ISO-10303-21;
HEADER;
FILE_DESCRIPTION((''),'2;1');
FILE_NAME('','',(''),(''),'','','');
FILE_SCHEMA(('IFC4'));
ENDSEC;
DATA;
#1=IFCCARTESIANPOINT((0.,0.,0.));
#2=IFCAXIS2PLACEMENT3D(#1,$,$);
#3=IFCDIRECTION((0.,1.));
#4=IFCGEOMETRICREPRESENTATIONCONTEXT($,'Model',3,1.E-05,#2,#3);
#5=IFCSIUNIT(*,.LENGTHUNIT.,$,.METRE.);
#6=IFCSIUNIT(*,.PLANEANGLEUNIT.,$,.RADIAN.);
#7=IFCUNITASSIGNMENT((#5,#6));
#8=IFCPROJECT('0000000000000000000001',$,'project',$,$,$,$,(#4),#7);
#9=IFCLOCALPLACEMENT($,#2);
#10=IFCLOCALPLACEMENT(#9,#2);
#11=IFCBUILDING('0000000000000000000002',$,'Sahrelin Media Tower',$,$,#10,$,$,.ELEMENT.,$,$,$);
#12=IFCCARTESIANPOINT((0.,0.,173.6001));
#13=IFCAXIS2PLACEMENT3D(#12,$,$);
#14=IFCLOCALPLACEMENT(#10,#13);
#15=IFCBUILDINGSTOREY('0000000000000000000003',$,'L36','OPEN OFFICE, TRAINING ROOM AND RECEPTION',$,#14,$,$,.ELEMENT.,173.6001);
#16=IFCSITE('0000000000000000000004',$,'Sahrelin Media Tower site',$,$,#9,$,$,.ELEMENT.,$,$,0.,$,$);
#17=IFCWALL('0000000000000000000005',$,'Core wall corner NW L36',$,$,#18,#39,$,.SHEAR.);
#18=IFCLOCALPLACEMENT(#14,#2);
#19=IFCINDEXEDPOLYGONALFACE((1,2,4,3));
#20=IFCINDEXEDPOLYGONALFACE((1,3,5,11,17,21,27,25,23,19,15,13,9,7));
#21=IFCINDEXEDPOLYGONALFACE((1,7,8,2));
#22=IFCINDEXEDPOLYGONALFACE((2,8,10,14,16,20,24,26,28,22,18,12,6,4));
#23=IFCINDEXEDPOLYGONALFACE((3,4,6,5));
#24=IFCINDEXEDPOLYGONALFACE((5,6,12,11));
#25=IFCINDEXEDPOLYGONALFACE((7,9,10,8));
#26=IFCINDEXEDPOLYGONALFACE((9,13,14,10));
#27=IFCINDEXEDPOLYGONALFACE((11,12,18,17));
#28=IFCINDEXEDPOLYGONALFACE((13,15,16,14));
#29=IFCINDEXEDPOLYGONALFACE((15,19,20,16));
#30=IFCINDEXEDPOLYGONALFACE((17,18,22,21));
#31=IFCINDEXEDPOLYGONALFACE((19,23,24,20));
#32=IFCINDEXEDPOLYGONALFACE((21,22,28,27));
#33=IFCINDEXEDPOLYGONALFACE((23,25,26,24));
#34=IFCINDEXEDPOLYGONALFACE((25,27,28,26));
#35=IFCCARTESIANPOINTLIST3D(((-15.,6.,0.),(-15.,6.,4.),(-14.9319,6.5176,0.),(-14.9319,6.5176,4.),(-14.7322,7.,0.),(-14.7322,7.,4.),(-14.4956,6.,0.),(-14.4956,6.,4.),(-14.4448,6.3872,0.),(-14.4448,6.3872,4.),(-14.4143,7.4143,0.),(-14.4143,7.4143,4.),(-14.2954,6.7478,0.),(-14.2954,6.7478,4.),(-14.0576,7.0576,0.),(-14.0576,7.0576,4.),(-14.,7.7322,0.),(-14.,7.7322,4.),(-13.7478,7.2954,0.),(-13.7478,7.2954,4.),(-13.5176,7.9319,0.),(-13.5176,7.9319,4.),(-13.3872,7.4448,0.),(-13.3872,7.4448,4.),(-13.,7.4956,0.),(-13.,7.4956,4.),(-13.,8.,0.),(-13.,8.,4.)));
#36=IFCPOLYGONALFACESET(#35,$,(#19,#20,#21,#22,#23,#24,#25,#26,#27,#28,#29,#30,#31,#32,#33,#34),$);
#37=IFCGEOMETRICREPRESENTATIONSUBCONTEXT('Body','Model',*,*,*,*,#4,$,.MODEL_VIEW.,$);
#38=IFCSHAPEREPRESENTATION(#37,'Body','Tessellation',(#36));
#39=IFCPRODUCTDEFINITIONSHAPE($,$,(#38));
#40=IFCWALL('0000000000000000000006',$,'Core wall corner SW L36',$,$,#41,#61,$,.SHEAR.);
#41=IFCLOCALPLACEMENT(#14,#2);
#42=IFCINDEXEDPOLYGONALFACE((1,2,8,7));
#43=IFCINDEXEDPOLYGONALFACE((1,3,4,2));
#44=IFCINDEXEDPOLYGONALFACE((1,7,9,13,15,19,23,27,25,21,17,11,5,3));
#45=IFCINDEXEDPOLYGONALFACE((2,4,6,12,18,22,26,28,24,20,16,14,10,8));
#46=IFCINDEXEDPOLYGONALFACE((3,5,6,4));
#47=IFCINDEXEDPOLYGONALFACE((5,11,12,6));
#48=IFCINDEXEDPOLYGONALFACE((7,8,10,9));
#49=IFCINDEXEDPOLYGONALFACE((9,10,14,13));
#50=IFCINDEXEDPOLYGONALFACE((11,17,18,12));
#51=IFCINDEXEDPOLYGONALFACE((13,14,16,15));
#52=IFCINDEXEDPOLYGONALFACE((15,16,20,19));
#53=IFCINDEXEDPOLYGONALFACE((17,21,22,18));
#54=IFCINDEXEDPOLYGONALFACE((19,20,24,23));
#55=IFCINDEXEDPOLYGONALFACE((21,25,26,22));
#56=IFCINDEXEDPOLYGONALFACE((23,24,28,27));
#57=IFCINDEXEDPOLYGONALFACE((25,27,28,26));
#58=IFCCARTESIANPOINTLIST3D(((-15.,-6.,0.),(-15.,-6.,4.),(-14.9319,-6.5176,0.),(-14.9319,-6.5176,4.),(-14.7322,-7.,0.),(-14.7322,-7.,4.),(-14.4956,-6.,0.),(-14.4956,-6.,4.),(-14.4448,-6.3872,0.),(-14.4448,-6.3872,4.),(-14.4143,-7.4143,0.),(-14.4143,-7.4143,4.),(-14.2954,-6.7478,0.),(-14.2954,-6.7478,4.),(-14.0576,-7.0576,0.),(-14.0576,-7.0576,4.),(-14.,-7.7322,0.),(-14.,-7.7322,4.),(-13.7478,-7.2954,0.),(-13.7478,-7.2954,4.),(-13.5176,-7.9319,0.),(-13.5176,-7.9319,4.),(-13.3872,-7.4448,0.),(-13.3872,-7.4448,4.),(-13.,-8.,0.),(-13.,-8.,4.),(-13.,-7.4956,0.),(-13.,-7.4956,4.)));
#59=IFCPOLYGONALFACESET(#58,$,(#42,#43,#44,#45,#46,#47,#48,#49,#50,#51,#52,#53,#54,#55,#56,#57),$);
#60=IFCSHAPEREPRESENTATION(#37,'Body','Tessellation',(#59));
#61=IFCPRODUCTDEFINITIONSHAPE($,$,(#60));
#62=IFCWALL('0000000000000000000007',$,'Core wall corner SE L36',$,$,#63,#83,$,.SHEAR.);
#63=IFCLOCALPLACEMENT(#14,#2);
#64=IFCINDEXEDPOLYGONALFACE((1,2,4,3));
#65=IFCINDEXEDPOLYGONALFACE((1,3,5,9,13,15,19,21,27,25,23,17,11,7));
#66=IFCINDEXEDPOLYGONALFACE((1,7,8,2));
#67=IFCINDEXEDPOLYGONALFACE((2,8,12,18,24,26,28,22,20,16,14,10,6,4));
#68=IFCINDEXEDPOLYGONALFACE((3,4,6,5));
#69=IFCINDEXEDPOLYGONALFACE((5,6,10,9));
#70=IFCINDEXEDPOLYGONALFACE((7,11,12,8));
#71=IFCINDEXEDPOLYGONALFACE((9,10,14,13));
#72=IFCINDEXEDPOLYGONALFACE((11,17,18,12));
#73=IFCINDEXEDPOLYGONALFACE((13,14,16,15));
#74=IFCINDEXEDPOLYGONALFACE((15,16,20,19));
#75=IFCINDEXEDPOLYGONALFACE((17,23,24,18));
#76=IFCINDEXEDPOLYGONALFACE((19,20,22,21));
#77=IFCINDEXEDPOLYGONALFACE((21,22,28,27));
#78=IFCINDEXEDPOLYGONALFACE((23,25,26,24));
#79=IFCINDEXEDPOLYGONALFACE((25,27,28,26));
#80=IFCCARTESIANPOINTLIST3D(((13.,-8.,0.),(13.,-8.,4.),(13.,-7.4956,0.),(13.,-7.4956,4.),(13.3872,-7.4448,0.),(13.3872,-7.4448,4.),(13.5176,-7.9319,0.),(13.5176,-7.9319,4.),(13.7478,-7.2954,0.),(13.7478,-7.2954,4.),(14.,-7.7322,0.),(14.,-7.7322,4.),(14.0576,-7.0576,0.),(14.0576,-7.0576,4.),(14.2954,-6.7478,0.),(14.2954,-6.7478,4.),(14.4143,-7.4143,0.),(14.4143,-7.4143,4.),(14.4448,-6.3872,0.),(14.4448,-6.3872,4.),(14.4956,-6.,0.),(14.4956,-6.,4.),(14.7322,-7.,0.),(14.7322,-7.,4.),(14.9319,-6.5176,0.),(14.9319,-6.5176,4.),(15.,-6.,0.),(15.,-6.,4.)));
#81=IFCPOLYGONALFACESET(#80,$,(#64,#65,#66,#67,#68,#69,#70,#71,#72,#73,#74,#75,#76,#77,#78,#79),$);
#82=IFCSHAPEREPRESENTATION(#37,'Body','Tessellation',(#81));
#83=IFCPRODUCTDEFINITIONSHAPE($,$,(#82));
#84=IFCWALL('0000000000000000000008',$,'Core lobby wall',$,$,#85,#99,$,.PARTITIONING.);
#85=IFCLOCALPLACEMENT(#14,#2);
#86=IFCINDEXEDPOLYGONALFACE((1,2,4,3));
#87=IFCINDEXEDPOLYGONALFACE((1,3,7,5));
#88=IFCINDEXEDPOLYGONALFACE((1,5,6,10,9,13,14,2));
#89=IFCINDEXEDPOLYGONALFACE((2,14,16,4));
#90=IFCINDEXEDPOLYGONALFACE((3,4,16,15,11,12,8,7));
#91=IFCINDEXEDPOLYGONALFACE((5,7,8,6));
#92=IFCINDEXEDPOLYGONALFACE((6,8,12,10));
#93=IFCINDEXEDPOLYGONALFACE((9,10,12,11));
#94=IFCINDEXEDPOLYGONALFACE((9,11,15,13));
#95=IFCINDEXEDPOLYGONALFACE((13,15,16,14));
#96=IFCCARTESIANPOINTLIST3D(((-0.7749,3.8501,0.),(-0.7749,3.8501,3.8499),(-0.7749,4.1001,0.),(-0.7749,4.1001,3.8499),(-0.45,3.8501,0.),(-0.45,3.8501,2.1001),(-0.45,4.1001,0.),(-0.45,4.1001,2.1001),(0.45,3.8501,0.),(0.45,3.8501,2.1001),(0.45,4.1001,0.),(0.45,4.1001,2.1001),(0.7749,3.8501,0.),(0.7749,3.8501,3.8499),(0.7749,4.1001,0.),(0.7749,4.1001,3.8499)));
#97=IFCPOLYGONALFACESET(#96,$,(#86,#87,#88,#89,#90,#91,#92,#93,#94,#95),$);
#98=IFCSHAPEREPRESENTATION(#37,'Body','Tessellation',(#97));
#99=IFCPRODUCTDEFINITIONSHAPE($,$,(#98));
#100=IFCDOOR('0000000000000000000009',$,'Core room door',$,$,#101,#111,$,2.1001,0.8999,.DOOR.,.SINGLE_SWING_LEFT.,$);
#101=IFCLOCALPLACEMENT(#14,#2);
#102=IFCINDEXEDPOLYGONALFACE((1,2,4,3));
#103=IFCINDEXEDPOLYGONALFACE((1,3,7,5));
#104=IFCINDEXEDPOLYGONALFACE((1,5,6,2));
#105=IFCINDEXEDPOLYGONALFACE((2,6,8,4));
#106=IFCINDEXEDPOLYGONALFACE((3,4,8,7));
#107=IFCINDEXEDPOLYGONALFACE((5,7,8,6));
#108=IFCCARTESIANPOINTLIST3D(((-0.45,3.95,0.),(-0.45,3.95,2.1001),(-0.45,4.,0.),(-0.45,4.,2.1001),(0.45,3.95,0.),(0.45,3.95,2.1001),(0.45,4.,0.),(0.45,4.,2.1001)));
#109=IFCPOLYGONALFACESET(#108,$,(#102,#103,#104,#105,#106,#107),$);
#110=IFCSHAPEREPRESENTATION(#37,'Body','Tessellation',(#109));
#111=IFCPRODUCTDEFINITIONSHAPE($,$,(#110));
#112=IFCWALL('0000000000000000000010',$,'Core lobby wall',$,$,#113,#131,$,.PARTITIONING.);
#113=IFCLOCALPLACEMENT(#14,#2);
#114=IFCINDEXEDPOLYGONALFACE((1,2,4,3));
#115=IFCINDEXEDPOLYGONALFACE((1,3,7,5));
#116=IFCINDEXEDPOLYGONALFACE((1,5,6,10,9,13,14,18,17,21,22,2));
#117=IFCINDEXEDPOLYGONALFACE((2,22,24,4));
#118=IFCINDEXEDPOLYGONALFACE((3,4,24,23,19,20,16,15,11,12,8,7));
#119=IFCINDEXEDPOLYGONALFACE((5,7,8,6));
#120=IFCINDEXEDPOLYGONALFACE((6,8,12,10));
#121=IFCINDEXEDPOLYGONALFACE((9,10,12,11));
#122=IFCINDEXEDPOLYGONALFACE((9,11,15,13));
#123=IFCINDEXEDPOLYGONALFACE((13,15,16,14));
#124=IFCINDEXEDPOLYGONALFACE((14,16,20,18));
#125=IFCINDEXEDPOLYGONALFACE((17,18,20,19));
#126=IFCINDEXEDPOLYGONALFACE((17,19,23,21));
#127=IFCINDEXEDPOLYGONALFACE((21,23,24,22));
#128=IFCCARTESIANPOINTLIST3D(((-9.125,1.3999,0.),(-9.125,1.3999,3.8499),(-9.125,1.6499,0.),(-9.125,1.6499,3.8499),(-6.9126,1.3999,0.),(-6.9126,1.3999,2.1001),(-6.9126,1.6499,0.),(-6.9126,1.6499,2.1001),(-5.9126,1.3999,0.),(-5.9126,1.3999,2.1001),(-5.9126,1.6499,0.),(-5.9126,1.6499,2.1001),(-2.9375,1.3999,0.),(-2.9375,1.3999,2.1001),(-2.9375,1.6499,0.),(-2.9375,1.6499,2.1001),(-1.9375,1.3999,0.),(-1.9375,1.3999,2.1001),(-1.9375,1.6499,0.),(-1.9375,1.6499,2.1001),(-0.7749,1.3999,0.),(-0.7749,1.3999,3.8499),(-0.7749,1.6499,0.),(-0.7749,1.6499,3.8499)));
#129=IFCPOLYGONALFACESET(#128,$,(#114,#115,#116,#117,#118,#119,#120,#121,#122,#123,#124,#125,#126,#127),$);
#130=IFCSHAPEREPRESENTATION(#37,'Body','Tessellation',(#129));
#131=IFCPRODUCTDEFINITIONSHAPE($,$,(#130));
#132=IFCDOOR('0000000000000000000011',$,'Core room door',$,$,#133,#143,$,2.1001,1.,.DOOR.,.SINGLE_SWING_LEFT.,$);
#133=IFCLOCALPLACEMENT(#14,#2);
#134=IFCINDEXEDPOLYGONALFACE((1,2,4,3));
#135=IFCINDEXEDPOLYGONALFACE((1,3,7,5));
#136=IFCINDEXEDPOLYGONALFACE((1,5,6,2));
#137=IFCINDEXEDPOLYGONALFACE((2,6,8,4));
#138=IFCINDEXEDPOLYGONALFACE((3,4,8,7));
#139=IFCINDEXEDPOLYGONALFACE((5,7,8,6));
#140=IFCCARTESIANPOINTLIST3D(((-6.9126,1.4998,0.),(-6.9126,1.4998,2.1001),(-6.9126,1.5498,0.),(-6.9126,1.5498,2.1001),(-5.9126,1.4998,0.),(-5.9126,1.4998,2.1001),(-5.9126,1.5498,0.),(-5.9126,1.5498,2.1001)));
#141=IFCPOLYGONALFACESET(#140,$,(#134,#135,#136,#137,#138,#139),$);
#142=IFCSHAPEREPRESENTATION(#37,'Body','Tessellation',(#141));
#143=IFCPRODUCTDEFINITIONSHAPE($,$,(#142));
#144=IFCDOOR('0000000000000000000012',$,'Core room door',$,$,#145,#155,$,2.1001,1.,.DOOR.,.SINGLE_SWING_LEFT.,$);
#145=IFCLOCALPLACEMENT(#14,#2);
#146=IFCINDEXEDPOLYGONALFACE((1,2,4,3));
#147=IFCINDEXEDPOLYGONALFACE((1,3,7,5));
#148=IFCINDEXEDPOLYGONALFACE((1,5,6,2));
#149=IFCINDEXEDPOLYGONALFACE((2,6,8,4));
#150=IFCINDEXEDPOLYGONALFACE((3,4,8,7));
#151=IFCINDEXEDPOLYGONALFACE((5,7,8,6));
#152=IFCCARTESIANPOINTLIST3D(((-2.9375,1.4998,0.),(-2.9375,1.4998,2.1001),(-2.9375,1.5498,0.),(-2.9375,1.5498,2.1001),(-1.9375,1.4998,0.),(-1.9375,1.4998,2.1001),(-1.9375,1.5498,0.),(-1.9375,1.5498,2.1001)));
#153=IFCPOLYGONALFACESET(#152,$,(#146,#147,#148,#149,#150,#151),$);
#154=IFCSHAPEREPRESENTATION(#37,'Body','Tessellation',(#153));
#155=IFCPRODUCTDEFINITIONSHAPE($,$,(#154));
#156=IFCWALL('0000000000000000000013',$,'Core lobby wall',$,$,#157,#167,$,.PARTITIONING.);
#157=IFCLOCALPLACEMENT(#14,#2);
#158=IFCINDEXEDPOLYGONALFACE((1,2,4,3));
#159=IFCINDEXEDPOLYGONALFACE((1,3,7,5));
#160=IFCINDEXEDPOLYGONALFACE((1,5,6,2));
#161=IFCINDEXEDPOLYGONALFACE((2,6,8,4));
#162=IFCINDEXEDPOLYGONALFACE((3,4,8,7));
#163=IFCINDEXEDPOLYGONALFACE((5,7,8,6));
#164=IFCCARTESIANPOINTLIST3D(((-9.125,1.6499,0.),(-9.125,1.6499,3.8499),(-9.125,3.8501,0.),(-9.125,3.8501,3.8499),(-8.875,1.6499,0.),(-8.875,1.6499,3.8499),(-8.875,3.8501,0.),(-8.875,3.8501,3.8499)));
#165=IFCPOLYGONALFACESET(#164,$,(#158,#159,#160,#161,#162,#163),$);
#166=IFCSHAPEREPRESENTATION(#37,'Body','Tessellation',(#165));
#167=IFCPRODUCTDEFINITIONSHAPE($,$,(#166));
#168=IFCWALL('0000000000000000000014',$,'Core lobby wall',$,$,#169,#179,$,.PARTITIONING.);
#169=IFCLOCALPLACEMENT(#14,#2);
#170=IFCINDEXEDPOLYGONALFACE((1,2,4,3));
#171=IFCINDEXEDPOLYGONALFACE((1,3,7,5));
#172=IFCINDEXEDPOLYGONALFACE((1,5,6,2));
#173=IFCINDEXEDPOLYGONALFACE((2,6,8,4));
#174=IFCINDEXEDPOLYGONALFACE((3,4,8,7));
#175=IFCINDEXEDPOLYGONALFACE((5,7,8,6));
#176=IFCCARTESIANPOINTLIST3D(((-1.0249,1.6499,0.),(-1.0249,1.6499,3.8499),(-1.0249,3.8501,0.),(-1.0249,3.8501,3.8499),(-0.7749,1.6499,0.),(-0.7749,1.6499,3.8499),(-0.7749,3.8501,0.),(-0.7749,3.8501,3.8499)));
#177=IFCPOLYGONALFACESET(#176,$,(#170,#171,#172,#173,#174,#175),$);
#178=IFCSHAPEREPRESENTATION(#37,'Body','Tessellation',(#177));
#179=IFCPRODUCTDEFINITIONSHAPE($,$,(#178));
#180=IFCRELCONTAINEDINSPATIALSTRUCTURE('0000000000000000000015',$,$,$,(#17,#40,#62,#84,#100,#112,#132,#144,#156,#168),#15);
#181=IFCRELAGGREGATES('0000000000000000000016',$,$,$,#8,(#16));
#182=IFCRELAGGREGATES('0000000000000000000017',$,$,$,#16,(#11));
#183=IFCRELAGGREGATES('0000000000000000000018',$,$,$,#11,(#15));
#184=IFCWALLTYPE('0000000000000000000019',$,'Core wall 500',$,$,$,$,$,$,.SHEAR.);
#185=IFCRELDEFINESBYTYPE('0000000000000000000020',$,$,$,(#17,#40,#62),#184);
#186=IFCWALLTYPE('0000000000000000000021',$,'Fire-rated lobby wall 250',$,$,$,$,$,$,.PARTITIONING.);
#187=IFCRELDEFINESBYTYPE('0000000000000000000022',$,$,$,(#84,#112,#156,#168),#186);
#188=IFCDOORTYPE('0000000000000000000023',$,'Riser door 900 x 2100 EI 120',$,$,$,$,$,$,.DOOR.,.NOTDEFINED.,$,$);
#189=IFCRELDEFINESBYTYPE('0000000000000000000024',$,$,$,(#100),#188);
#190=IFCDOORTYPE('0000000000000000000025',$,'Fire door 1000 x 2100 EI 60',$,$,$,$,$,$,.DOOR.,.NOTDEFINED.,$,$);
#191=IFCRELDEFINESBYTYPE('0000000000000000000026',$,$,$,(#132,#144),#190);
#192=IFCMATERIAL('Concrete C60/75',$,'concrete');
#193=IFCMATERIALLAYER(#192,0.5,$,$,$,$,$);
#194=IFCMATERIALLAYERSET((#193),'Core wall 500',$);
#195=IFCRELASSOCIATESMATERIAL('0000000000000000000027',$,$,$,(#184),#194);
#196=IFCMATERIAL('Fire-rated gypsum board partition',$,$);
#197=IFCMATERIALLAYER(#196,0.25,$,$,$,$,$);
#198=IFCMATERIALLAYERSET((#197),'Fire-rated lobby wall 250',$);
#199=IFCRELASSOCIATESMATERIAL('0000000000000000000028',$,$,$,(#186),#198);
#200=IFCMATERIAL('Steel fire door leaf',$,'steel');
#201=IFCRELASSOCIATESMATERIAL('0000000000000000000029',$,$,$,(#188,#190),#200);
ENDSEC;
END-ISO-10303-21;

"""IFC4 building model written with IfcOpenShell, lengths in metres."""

from ifc_helpers import new_model, si_unit, direction, frame, frame_2d, origin, place, context, subcontext, project, spatial, polyline, rectangle, outline, extrude, material, layer, layer_set, type_object, element, fill, save


model = new_model("IFC4")

# Units and contexts
model_context = context("Model", 3, precision=1e-05, world=origin(), true_north=direction((0.0, 1.0)))
body_context = subcontext(model_context, "Body", "Model", "MODEL_VIEW")
ifc_project = project(units=[si_unit("LENGTHUNIT", "METRE"), si_unit("PLANEANGLEUNIT", "RADIAN")], contexts=[model_context])

# Site, building, storey
site_placement = place(None, origin())
site = spatial("IfcSite", under=ifc_project, at=site_placement, Name="Sahrelin Media Tower site", CompositionType="ELEMENT", RefElevation=0.0)
building_placement = place(site_placement, origin())
building = spatial("IfcBuilding", under=site, at=building_placement, Name="Sahrelin Media Tower", CompositionType="ELEMENT")
storey_placement = place(building_placement, frame((0.0, 0.0, 173.6001)))
storey = spatial("IfcBuildingStorey", under=building, at=storey_placement, Name="L36", Description="OPEN OFFICE, TRAINING ROOM AND RECEPTION", CompositionType="ELEMENT", Elevation=173.6001)

# Shared definitions
placement_1 = place(storey_placement, origin())

# Walls
ifc_material_1 = material(Name="Concrete C60/75", Category="concrete")
ifc_layer_1 = layer(ifc_material_1, 0.5)
ifc_layer_set_1 = layer_set([ifc_layer_1], Name="Core wall 500")
wall_type_1 = type_object("IfcWallType", Name="Core wall 500", PredefinedType="SHEAR", material=ifc_layer_set_1)
element("IfcWall", 1, at=placement_1, inside=storey, type_object=wall_type_1, Name="Core wall corner NW L36", PredefinedType="SHEAR", context=body_context, shape_type="SweptSolid", body=[
    extrude(outline(polyline([(-15.0, 6.0), (-14.4956, 6.0), (-14.4448, 6.3872), (-14.2954, 6.7478), (-14.0576, 7.0576), (-13.7478, 7.2954), (-13.3872, 7.4448), (-13.0, 7.4956), (-13.0, 8.0), (-13.5176, 7.9319), (-14.0, 7.7322), (-14.4143, 7.4143), (-14.7322, 7.0), (-14.9319, 6.5176), (-15.0, 6.0)])), origin(), (0.0, 0.0, 1.0), 4.0),
])
element("IfcWall", 2, at=placement_1, inside=storey, type_object=wall_type_1, Name="Core wall corner SW L36", PredefinedType="SHEAR", context=body_context, shape_type="SweptSolid", body=[
    extrude(outline(polyline([(-13.0, -8.0), (-13.0, -7.4956), (-13.3872, -7.4448), (-13.7478, -7.2954), (-14.0576, -7.0576), (-14.2954, -6.7478), (-14.4448, -6.3872), (-14.4956, -6.0), (-15.0, -6.0), (-14.9319, -6.5176), (-14.7322, -7.0), (-14.4143, -7.4143), (-14.0, -7.7322), (-13.5176, -7.9319), (-13.0, -8.0)])), origin(), (0.0, 0.0, 1.0), 4.0),
])
element("IfcWall", 3, at=placement_1, inside=storey, type_object=wall_type_1, Name="Core wall corner SE L36", PredefinedType="SHEAR", context=body_context, shape_type="SweptSolid", body=[
    extrude(outline(polyline([(15.0, -6.0), (14.4956, -6.0), (14.4448, -6.3872), (14.2954, -6.7478), (14.0576, -7.0576), (13.7478, -7.2954), (13.3872, -7.4448), (13.0, -7.4956), (13.0, -8.0), (13.5176, -7.9319), (14.0, -7.7322), (14.4143, -7.4143), (14.7322, -7.0), (14.9319, -6.5176), (15.0, -6.0)])), origin(), (0.0, 0.0, 1.0), 4.0),
])

# Wall, opening, door
ifc_material_2 = material(Name="Fire-rated gypsum board partition")
ifc_layer_2 = layer(ifc_material_2, 0.25)
ifc_layer_set_2 = layer_set([ifc_layer_2], Name="Fire-rated lobby wall 250")
wall_type_2 = type_object("IfcWallType", Name="Fire-rated lobby wall 250", PredefinedType="PARTITIONING", material=ifc_layer_set_2)
wall_1_placement = place(storey_placement, frame((-0.7749, 3.9751, 0.0), z_axis=(0.0, 0.0, 1.0), x_axis=(1.0, 0.0, 0.0)))
wall_1 = element("IfcWall", 4, at=wall_1_placement, inside=storey, type_object=wall_type_2, Name="Core lobby wall", PredefinedType="PARTITIONING", context=body_context, shape_type="SweptSolid", body=[
    extrude(rectangle(XDim=1.5498, YDim=0.25, at=frame_2d((0.7749, 0.0))), origin(), (0.0, 0.0, 1.0), 3.8499),
])
opening_1_placement = place(wall_1_placement, frame((0.325, 0.0, 0.0)))
opening_1 = element("IfcOpeningElement", 5, at=opening_1_placement, cuts=wall_1, PredefinedType="OPENING", context=body_context, shape_type="SweptSolid", body=[
    extrude(rectangle(XDim=0.8999, YDim=2.1001, at=frame_2d((0.45, 1.05))), frame((0.0, 0.125, 0.0), z_axis=(0.0, -1.0, 0.0), x_axis=(1.0, 0.0, 0.0)), (0.0, 0.0, 1.0), 0.25),
])
ifc_material_3 = material(Name="Steel fire door leaf", Category="steel")
door_type_1 = type_object("IfcDoorType", Name="Riser door 900 x 2100 EI 120", OperationType="NOTDEFINED", PredefinedType="DOOR", material=ifc_material_3)
door_1_placement = place(opening_1_placement, origin())
door_1 = element("IfcDoor", 6, at=door_1_placement, inside=storey, type_object=door_type_1, Name="Core room door", OperationType="SINGLE_SWING_LEFT", OverallHeight=2.1001, OverallWidth=0.8999, PredefinedType="DOOR", context=body_context, shape_type="SweptSolid", body=[
    extrude(rectangle(XDim=0.8999, YDim=2.1001, at=frame_2d((0.45, 1.05))), frame((0.0, 0.0249, 0.0), z_axis=(0.0, -1.0, 0.0), x_axis=(1.0, 0.0, 0.0)), (0.0, 0.0, 1.0), 0.05),
])
fill(opening_1, door_1)

# Wall, openings, doors
wall_2_placement = place(storey_placement, frame((-9.125, 1.5249, 0.0), z_axis=(0.0, 0.0, 1.0), x_axis=(1.0, 0.0, 0.0)))
wall_2 = element("IfcWall", 7, at=wall_2_placement, inside=storey, type_object=wall_type_2, Name="Core lobby wall", PredefinedType="PARTITIONING", context=body_context, shape_type="SweptSolid", body=[
    extrude(rectangle(XDim=8.3501, YDim=0.25, at=frame_2d((4.175, 0.0))), origin(), (0.0, 0.0, 1.0), 3.8499),
])
opening_2_placement = place(wall_2_placement, frame((2.2124, 0.0, 0.0)))
opening_2 = element("IfcOpeningElement", 8, at=opening_2_placement, cuts=wall_2, PredefinedType="OPENING", context=body_context, shape_type="SweptSolid", body=[
    extrude(rectangle(XDim=1.0, YDim=2.1001, at=frame_2d((0.5, 1.05))), frame((0.0, 0.125, 0.0), z_axis=(0.0, -1.0, 0.0), x_axis=(1.0, 0.0, 0.0)), (0.0, 0.0, 1.0), 0.25),
])
opening_3_placement = place(wall_2_placement, frame((6.1875, 0.0, 0.0)))
opening_3 = element("IfcOpeningElement", 9, at=opening_3_placement, cuts=wall_2, PredefinedType="OPENING", context=body_context, shape_type="SweptSolid", body=[
    extrude(rectangle(XDim=1.0, YDim=2.1001, at=frame_2d((0.5, 1.05))), frame((0.0, 0.125, 0.0), z_axis=(0.0, -1.0, 0.0), x_axis=(1.0, 0.0, 0.0)), (0.0, 0.0, 1.0), 0.25),
])
door_type_2 = type_object("IfcDoorType", Name="Fire door 1000 x 2100 EI 60", OperationType="NOTDEFINED", PredefinedType="DOOR", material=ifc_material_3)
door_2_placement = place(opening_2_placement, origin())
door_2 = element("IfcDoor", 10, at=door_2_placement, inside=storey, type_object=door_type_2, Name="Core room door", OperationType="SINGLE_SWING_LEFT", OverallHeight=2.1001, OverallWidth=1.0, PredefinedType="DOOR", context=body_context, shape_type="SweptSolid", body=[
    extrude(rectangle(XDim=1.0, YDim=2.1001, at=frame_2d((0.5, 1.05))), frame((0.0, 0.0249, 0.0), z_axis=(0.0, -1.0, 0.0), x_axis=(1.0, 0.0, 0.0)), (0.0, 0.0, 1.0), 0.05),
])
fill(opening_2, door_2)
door_3_placement = place(opening_3_placement, origin())
door_3 = element("IfcDoor", 11, at=door_3_placement, inside=storey, type_object=door_type_2, Name="Core room door", OperationType="SINGLE_SWING_LEFT", OverallHeight=2.1001, OverallWidth=1.0, PredefinedType="DOOR", context=body_context, shape_type="SweptSolid", body=[
    extrude(rectangle(XDim=1.0, YDim=2.1001, at=frame_2d((0.5, 1.05))), frame((0.0, 0.0249, 0.0), z_axis=(0.0, -1.0, 0.0), x_axis=(1.0, 0.0, 0.0)), (0.0, 0.0, 1.0), 0.05),
])
fill(opening_3, door_3)

# Walls
for number, where, z_axis, x_axis, name in (
    (12, (-9.0, 1.6499, 0.0), (0.0, 0.0, 1.0), (0.0, 1.0, 0.0), "Core lobby wall"),
    (13, (-0.8999, 1.6499, 0.0), (0.0, 0.0, 1.0), (0.0, 1.0, 0.0), "Core lobby wall"),
):
    element("IfcWall", number, at=place(storey_placement, frame(where, z_axis=z_axis, x_axis=x_axis)), inside=storey, type_object=wall_type_2, Name=name, PredefinedType="PARTITIONING", context=body_context, shape_type="SweptSolid", body=[
        extrude(rectangle(XDim=2.2002, YDim=0.25, at=frame_2d((1.1001, 0.0))), origin(), (0.0, 0.0, 1.0), 3.8499),
    ])

save(model, "model.ifc")
